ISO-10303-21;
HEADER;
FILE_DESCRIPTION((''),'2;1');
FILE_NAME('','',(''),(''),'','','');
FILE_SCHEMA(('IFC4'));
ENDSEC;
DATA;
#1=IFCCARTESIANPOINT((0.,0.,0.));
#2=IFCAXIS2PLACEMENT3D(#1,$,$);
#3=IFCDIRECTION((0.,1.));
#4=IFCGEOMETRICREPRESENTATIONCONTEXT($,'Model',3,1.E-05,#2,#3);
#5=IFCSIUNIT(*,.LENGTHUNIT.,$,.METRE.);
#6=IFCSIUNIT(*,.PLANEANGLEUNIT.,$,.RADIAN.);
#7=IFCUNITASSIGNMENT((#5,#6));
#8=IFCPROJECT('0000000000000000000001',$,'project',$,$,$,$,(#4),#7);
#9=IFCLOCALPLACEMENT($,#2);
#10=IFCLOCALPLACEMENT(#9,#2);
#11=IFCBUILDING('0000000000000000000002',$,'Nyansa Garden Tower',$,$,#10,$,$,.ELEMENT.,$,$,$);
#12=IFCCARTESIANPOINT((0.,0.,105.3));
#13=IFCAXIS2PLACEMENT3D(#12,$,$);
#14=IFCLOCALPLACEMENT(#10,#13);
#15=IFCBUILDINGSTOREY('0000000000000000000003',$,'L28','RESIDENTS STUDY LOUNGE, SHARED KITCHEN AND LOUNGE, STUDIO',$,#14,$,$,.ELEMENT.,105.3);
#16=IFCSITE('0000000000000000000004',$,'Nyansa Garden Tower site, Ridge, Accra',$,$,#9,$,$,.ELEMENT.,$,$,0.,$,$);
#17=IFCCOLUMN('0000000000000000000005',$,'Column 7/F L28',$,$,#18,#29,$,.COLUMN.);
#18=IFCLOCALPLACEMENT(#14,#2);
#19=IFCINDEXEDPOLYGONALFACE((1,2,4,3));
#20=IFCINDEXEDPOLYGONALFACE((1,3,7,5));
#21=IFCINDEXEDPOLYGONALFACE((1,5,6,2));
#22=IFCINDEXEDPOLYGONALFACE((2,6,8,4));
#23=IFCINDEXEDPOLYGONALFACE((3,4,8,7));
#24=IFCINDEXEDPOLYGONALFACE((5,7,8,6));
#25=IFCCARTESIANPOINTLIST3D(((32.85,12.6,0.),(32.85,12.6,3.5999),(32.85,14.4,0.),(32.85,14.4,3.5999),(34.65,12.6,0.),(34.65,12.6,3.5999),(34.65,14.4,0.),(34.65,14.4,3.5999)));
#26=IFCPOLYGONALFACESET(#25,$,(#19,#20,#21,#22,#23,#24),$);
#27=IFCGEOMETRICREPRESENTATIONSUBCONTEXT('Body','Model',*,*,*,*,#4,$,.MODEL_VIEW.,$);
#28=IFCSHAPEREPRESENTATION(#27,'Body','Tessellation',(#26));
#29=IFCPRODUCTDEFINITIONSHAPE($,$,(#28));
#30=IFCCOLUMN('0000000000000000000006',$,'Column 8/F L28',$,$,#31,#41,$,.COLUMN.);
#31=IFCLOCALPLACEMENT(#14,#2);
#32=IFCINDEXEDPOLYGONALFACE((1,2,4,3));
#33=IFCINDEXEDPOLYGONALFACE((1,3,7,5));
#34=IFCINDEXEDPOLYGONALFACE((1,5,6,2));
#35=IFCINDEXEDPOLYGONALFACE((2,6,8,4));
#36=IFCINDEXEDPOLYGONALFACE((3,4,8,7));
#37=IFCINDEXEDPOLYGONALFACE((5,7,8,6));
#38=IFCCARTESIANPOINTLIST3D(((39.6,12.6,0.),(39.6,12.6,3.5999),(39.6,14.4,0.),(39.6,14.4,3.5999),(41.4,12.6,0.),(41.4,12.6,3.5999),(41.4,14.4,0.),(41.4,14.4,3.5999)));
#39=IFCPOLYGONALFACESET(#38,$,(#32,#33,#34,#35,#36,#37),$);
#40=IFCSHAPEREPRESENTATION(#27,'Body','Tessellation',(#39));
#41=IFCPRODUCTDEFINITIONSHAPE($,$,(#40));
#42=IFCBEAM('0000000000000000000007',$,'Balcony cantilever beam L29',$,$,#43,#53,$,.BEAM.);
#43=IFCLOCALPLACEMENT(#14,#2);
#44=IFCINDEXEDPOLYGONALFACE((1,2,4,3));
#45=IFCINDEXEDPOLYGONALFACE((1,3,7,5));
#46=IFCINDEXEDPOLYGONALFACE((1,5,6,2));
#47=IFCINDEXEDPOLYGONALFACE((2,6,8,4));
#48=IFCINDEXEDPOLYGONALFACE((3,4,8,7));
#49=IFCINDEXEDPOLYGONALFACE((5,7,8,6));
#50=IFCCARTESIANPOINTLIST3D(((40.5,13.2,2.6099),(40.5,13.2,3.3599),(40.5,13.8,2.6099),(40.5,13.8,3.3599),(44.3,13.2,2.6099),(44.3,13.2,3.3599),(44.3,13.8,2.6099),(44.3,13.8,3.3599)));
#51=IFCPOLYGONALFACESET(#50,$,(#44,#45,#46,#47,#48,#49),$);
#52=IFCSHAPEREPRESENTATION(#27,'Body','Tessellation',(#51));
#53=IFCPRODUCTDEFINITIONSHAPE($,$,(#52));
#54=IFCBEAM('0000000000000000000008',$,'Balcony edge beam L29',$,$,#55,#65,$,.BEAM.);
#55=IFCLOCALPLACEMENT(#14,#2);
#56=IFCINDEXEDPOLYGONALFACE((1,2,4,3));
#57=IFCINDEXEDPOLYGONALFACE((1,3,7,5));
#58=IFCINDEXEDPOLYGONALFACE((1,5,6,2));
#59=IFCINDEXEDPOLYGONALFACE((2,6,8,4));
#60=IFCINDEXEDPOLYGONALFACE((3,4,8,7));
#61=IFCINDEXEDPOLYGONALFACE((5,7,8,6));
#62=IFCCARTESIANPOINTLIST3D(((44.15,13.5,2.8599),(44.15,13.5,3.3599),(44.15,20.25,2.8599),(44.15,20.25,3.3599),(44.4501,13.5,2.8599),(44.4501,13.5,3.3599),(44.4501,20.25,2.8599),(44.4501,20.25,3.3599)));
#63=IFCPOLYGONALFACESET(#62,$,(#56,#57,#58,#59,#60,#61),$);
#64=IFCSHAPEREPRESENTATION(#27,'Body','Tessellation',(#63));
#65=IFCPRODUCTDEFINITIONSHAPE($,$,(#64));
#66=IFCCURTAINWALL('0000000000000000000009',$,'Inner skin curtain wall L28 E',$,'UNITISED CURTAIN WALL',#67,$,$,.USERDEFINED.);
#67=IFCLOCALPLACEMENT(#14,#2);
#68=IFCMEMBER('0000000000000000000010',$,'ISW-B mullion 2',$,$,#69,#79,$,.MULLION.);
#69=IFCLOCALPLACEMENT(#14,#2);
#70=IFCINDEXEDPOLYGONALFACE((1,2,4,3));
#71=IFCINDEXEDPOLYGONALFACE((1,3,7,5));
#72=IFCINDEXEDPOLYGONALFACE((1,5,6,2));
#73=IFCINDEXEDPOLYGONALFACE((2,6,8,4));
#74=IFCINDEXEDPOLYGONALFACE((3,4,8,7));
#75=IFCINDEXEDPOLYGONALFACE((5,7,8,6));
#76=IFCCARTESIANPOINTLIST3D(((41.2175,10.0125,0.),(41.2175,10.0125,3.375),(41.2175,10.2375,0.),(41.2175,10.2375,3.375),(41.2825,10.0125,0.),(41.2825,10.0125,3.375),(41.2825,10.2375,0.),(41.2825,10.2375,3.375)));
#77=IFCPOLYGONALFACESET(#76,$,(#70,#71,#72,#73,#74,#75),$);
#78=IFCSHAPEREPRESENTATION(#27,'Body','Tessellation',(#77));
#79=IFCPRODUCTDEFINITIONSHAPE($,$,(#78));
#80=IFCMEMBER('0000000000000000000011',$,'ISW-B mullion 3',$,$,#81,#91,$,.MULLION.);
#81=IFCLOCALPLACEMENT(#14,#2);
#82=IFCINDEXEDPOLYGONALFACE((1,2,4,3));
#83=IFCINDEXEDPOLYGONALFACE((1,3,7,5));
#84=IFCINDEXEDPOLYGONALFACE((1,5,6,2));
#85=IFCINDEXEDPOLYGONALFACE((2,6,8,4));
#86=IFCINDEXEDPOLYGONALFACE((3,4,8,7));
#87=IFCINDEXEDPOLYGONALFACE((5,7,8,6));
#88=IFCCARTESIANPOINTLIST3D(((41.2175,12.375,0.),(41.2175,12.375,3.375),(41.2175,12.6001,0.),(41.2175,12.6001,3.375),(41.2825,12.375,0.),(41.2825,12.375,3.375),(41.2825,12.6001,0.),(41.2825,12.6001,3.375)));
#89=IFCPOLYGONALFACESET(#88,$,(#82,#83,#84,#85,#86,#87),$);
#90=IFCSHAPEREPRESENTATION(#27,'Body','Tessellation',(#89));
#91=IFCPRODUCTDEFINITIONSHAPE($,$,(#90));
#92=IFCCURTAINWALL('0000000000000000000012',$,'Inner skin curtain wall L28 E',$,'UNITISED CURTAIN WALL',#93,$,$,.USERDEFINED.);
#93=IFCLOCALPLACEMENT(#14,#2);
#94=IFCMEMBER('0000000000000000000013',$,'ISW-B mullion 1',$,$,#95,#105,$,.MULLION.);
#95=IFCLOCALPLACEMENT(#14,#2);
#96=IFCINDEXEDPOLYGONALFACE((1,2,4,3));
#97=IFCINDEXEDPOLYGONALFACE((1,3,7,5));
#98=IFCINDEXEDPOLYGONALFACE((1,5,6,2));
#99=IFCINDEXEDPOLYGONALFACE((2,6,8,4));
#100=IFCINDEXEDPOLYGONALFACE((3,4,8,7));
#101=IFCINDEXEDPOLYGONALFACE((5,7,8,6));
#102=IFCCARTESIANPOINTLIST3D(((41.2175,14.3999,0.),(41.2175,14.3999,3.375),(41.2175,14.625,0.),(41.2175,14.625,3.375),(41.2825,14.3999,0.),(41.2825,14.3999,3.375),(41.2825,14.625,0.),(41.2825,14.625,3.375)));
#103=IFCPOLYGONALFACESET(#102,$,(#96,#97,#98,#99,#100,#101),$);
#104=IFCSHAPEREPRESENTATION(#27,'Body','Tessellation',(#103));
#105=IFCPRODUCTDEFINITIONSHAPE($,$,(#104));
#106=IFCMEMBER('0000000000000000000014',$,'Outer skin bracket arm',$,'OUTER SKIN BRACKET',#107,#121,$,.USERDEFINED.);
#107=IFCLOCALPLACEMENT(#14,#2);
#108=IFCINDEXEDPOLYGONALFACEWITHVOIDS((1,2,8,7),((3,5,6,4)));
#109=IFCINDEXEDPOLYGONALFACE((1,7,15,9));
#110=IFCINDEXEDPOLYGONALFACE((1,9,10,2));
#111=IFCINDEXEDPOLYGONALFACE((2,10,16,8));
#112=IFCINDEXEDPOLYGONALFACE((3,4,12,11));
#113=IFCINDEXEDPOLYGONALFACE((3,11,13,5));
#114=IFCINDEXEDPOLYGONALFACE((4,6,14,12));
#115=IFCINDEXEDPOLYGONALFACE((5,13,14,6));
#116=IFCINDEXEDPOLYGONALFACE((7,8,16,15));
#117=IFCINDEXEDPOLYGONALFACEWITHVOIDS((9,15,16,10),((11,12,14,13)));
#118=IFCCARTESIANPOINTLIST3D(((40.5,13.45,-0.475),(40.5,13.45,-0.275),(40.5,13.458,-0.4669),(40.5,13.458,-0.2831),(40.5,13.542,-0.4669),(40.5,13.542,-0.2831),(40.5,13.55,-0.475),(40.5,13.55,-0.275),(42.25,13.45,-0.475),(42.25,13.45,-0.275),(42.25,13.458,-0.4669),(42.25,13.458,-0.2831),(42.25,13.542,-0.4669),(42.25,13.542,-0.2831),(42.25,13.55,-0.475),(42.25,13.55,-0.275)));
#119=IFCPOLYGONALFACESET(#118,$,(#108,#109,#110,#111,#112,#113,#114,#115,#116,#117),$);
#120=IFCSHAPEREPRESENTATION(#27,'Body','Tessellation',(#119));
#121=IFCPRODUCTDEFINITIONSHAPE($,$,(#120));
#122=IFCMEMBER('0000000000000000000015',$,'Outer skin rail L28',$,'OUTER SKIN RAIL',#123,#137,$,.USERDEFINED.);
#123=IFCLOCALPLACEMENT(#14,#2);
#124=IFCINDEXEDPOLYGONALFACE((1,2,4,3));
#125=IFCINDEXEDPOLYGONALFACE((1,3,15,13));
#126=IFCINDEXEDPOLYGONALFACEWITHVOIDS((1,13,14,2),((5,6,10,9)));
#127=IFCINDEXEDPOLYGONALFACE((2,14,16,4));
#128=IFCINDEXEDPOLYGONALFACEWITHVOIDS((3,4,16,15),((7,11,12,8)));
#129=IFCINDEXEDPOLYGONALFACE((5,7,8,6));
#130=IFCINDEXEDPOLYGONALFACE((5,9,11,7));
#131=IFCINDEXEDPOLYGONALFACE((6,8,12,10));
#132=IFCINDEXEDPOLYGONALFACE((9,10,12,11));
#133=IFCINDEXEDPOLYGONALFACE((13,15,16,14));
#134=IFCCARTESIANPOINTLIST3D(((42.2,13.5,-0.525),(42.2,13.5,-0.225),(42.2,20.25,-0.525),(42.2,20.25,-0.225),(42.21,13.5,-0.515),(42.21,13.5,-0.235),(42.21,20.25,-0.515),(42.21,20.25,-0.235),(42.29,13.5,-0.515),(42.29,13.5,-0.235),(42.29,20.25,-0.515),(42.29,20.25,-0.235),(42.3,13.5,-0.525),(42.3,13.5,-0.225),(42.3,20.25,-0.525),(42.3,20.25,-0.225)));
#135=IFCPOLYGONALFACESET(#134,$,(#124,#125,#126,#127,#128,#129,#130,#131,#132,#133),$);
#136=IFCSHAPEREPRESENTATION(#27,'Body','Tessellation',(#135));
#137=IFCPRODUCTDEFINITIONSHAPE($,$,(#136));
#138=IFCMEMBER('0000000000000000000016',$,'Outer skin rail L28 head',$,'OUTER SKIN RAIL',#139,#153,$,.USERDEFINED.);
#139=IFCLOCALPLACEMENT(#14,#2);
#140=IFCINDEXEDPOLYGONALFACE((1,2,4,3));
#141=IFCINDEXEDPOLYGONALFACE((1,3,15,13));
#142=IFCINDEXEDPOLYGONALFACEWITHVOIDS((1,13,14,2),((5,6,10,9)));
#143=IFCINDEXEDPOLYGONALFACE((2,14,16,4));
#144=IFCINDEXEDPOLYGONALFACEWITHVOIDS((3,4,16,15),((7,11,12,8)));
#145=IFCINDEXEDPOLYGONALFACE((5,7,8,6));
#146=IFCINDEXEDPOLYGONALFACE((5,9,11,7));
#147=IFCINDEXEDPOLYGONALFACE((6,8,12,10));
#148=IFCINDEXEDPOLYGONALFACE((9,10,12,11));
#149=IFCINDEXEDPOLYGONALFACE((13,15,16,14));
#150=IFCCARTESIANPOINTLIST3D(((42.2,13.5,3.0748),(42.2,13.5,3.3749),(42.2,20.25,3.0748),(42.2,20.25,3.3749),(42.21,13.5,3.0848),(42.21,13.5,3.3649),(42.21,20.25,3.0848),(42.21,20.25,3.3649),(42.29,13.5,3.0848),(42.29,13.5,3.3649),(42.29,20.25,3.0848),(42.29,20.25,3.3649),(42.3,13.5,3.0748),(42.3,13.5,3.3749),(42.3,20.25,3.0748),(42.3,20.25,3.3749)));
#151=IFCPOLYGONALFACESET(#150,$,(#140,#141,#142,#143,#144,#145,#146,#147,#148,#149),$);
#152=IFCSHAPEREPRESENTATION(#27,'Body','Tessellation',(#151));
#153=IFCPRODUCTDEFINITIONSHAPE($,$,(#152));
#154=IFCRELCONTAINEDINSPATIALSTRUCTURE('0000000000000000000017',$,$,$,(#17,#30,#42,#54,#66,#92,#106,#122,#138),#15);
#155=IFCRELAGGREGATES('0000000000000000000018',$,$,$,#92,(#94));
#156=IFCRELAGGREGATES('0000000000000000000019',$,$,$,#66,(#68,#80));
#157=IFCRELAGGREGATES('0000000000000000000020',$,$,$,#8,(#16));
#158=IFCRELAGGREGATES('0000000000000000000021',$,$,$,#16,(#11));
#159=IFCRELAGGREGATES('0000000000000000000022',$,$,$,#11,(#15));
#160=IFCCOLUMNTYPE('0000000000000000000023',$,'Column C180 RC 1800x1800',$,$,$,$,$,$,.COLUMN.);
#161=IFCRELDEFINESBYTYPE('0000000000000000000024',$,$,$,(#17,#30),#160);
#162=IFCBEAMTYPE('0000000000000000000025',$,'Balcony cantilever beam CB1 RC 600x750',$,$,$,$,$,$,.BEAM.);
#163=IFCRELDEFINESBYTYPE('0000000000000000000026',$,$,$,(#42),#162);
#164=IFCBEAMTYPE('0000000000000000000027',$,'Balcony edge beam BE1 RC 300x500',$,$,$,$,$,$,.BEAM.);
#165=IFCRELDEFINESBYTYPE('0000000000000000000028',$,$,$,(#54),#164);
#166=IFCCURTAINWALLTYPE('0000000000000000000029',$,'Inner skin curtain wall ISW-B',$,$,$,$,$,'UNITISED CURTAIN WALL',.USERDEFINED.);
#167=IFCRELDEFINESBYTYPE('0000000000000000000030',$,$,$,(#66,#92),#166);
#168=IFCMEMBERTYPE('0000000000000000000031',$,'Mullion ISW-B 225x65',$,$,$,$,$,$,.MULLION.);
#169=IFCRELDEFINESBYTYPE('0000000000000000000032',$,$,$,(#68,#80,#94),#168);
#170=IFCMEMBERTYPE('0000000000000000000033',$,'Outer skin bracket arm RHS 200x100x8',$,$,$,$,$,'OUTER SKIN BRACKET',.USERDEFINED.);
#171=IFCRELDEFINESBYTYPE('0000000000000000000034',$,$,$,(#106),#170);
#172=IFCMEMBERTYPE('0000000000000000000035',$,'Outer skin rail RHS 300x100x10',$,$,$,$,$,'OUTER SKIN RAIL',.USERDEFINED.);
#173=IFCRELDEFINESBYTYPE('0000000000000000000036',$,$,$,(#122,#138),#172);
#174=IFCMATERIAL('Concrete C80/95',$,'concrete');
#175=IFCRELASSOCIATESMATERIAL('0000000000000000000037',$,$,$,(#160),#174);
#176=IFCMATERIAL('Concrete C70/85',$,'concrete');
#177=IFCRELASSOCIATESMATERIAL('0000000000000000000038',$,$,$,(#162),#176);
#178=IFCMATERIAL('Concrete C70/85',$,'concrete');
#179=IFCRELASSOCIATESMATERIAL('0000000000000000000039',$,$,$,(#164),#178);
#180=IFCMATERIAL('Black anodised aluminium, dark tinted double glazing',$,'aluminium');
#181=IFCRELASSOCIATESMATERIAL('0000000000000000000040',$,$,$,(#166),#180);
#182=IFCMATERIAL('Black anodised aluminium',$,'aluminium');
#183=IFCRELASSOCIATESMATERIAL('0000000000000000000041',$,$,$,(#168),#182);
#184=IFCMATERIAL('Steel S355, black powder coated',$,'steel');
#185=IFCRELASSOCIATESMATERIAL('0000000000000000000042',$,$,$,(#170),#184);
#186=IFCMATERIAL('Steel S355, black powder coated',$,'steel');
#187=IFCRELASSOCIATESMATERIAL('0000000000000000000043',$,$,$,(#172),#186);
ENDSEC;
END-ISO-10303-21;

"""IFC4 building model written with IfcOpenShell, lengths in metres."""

from ifc_helpers import new_model, si_unit, direction, frame, origin, origin_2d, place, context, subcontext, project, spatial, rectangle, hollow_rectangle, extrude, material, material_profile, profile_set, type_object, element, aggregate, save


model = new_model("IFC4")

# Units and contexts
model_context = context("Model", 3, precision=1e-05, world=origin(), true_north=direction((0.0, 1.0)))
body_context = subcontext(model_context, "Body", "Model", "MODEL_VIEW")
ifc_project = project(units=[si_unit("LENGTHUNIT", "METRE"), si_unit("PLANEANGLEUNIT", "RADIAN")], contexts=[model_context])

# Site, building, storey
site_placement = place(None, origin())
site = spatial("IfcSite", under=ifc_project, at=site_placement, Name="Nyansa Garden Tower site, Ridge, Accra", CompositionType="ELEMENT", RefElevation=0.0)
building_placement = place(site_placement, origin())
building = spatial("IfcBuilding", under=site, at=building_placement, Name="Nyansa Garden Tower", CompositionType="ELEMENT")
storey_placement = place(building_placement, frame((0.0, 0.0, 105.3)))
storey = spatial("IfcBuildingStorey", under=building, at=storey_placement, Name="L28", Description="RESIDENTS STUDY LOUNGE, SHARED KITCHEN AND LOUNGE, STUDIO", CompositionType="ELEMENT", Elevation=105.3)

# Columns
ifc_material_1 = material(Name="Concrete C80/95", Category="concrete")
ifc_material_profile_1 = material_profile(ifc_material_1, rectangle(XDim=1.8, YDim=1.8, at=origin_2d()), Name="RC 1800x1800")
ifc_profile_set_1 = profile_set([ifc_material_profile_1], Name="Concrete C80/95")
column_type = type_object("IfcColumnType", Name="Column C180 RC 1800x1800", PredefinedType="COLUMN", material=ifc_profile_set_1)
for number, where, z_axis, x_axis, name in (
    (1, (33.75, 13.5, 0.0), (0.0, 0.0, 1.0), (1.0, 0.0, 0.0), "Column 7/F L28"),
    (2, (40.5, 13.5, 0.0), (0.0, 0.0, 1.0), (1.0, 0.0, 0.0), "Column 8/F L28"),
):
    element("IfcColumn", number, at=place(storey_placement, frame(where, z_axis=z_axis, x_axis=x_axis)), inside=storey, type_object=column_type, Name=name, PredefinedType="COLUMN", context=body_context, shape_type="SweptSolid", body=[
        extrude(rectangle(XDim=1.8, YDim=1.8, at=origin_2d()), origin(), (0.0, 0.0, 1.0), 3.5999),
    ])

# Beams
ifc_material_2 = material(Name="Concrete C70/85", Category="concrete")
ifc_material_profile_2 = material_profile(ifc_material_2, rectangle(XDim=0.6001, YDim=0.75, at=origin_2d()), Name="RC 600x750")
ifc_profile_set_2 = profile_set([ifc_material_profile_2], Name="Concrete C70/85")
beam_type_1 = type_object("IfcBeamType", Name="Balcony cantilever beam CB1 RC 600x750", PredefinedType="BEAM", material=ifc_profile_set_2)
beam_1_placement = place(storey_placement, frame((40.5, 13.5, 2.9849), z_axis=(1.0, 0.0, 0.0), x_axis=(0.0, 1.0, 0.0)))
element("IfcBeam", 3, at=beam_1_placement, inside=storey, type_object=beam_type_1, Name="Balcony cantilever beam L29", PredefinedType="BEAM", context=body_context, shape_type="SweptSolid", body=[
    extrude(rectangle(XDim=0.6001, YDim=0.75, at=origin_2d()), origin(), (0.0, 0.0, 1.0), 3.8),
])
ifc_material_3 = material(Name="Concrete C70/85", Category="concrete")
ifc_material_profile_3 = material_profile(ifc_material_3, rectangle(XDim=0.3, YDim=0.5, at=origin_2d()), Name="RC 300x500")
ifc_profile_set_3 = profile_set([ifc_material_profile_3], Name="Concrete C70/85")
beam_type_2 = type_object("IfcBeamType", Name="Balcony edge beam BE1 RC 300x500", PredefinedType="BEAM", material=ifc_profile_set_3)
beam_2_placement = place(storey_placement, frame((44.3, 13.5, 3.1099), z_axis=(0.0, 1.0, 0.0), x_axis=(-1.0, 0.0, 0.0)))
element("IfcBeam", 4, at=beam_2_placement, inside=storey, type_object=beam_type_2, Name="Balcony edge beam L29", PredefinedType="BEAM", context=body_context, shape_type="SweptSolid", body=[
    extrude(rectangle(XDim=0.3, YDim=0.5, at=origin_2d()), origin(), (0.0, 0.0, 1.0), 6.75),
])

# Curtain wall, members
ifc_material_4 = material(Name="Black anodised aluminium, dark tinted double glazing", Category="aluminium")
curtain_wall_type = type_object("IfcCurtainWallType", Name="Inner skin curtain wall ISW-B", ElementType="UNITISED CURTAIN WALL", PredefinedType="USERDEFINED", material=ifc_material_4)
curtain_wall_1_placement = place(storey_placement, origin())
curtain_wall_1 = element("IfcCurtainWall", 5, at=curtain_wall_1_placement, inside=storey, type_object=curtain_wall_type, Name="Inner skin curtain wall L28 E", ObjectType="UNITISED CURTAIN WALL", PredefinedType="USERDEFINED")
ifc_material_5 = material(Name="Black anodised aluminium", Category="aluminium")
ifc_material_profile_4 = material_profile(ifc_material_5, rectangle(XDim=0.0649, YDim=0.2251, at=origin_2d()), Name="Mullion 225x65")
ifc_profile_set_4 = profile_set([ifc_material_profile_4], Name="Black anodised aluminium")
member_type_1 = type_object("IfcMemberType", Name="Mullion ISW-B 225x65", PredefinedType="MULLION", material=ifc_profile_set_4)
member_1_placement = place(storey_placement, frame((41.25, 10.125, 0.0), z_axis=(0.0, 0.0, 1.0), x_axis=(-1.0, 0.0, 0.0)))
member_1 = element("IfcMember", 6, at=member_1_placement, type_object=member_type_1, Name="ISW-B mullion 2", PredefinedType="MULLION", context=body_context, shape_type="SweptSolid", body=[
    extrude(rectangle(XDim=0.0649, YDim=0.2251, at=origin_2d()), origin(), (0.0, 0.0, 1.0), 3.375),
])
member_2_placement = place(storey_placement, frame((41.25, 12.4875, 0.0), z_axis=(0.0, 0.0, 1.0), x_axis=(-1.0, 0.0, 0.0)))
member_2 = element("IfcMember", 7, at=member_2_placement, type_object=member_type_1, Name="ISW-B mullion 3", PredefinedType="MULLION", context=body_context, shape_type="SweptSolid", body=[
    extrude(rectangle(XDim=0.0649, YDim=0.2251, at=origin_2d()), origin(), (0.0, 0.0, 1.0), 3.375),
])

# Curtain wall, member
curtain_wall_2_placement = place(storey_placement, origin())
curtain_wall_2 = element("IfcCurtainWall", 8, at=curtain_wall_2_placement, inside=storey, type_object=curtain_wall_type, Name="Inner skin curtain wall L28 E", ObjectType="UNITISED CURTAIN WALL", PredefinedType="USERDEFINED")
member_3_placement = place(storey_placement, frame((41.25, 14.5125, 0.0), z_axis=(0.0, 0.0, 1.0), x_axis=(-1.0, 0.0, 0.0)))
member_3 = element("IfcMember", 9, at=member_3_placement, type_object=member_type_1, Name="ISW-B mullion 1", PredefinedType="MULLION", context=body_context, shape_type="SweptSolid", body=[
    extrude(rectangle(XDim=0.0649, YDim=0.2251, at=origin_2d()), origin(), (0.0, 0.0, 1.0), 3.375),
])
aggregate(curtain_wall_2, [member_3])

# Members
ifc_material_6 = material(Name="Steel S355, black powder coated", Category="steel")
ifc_material_profile_5 = material_profile(ifc_material_6, hollow_rectangle(XDim=0.1001, YDim=0.2, WallThickness=0.0081, at=origin_2d()), Name="RHS 200x100x8")
ifc_profile_set_5 = profile_set([ifc_material_profile_5], Name="Steel S355, black powder coated")
member_type_2 = type_object("IfcMemberType", Name="Outer skin bracket arm RHS 200x100x8", ElementType="OUTER SKIN BRACKET", PredefinedType="USERDEFINED", material=ifc_profile_set_5)
member_4_placement = place(storey_placement, frame((40.5, 13.5, -0.375), z_axis=(1.0, 0.0, 0.0), x_axis=(0.0, 1.0, 0.0)))
element("IfcMember", 10, at=member_4_placement, inside=storey, type_object=member_type_2, Name="Outer skin bracket arm", ObjectType="OUTER SKIN BRACKET", PredefinedType="USERDEFINED", context=body_context, shape_type="SweptSolid", body=[
    extrude(hollow_rectangle(XDim=0.1001, YDim=0.2, WallThickness=0.0081, at=origin_2d()), origin(), (0.0, 0.0, 1.0), 1.75),
])
ifc_material_7 = material(Name="Steel S355, black powder coated", Category="steel")
ifc_material_profile_6 = material_profile(ifc_material_7, hollow_rectangle(XDim=0.1001, YDim=0.3, WallThickness=0.01, at=origin_2d()), Name="RHS 300x100x10")
ifc_profile_set_6 = profile_set([ifc_material_profile_6], Name="Steel S355, black powder coated")
member_type_3 = type_object("IfcMemberType", Name="Outer skin rail RHS 300x100x10", ElementType="OUTER SKIN RAIL", PredefinedType="USERDEFINED", material=ifc_profile_set_6)
for number, where, z_axis, x_axis, name in (
    (11, (42.25, 13.5, -0.375), (0.0, 1.0, 0.0), (-1.0, 0.0, 0.0), "Outer skin rail L28"),
    (12, (42.25, 13.5, 3.2249), (0.0, 1.0, 0.0), (-1.0, 0.0, 0.0), "Outer skin rail L28 head"),
):
    element("IfcMember", number, at=place(storey_placement, frame(where, z_axis=z_axis, x_axis=x_axis)), inside=storey, type_object=member_type_3, Name=name, ObjectType="OUTER SKIN RAIL", PredefinedType="USERDEFINED", context=body_context, shape_type="SweptSolid", body=[
        extrude(hollow_rectangle(XDim=0.1001, YDim=0.3, WallThickness=0.01, at=origin_2d()), origin(), (0.0, 0.0, 1.0), 6.75),
    ])

aggregate(curtain_wall_1, [member_1, member_2])

save(model, "model.ifc")
